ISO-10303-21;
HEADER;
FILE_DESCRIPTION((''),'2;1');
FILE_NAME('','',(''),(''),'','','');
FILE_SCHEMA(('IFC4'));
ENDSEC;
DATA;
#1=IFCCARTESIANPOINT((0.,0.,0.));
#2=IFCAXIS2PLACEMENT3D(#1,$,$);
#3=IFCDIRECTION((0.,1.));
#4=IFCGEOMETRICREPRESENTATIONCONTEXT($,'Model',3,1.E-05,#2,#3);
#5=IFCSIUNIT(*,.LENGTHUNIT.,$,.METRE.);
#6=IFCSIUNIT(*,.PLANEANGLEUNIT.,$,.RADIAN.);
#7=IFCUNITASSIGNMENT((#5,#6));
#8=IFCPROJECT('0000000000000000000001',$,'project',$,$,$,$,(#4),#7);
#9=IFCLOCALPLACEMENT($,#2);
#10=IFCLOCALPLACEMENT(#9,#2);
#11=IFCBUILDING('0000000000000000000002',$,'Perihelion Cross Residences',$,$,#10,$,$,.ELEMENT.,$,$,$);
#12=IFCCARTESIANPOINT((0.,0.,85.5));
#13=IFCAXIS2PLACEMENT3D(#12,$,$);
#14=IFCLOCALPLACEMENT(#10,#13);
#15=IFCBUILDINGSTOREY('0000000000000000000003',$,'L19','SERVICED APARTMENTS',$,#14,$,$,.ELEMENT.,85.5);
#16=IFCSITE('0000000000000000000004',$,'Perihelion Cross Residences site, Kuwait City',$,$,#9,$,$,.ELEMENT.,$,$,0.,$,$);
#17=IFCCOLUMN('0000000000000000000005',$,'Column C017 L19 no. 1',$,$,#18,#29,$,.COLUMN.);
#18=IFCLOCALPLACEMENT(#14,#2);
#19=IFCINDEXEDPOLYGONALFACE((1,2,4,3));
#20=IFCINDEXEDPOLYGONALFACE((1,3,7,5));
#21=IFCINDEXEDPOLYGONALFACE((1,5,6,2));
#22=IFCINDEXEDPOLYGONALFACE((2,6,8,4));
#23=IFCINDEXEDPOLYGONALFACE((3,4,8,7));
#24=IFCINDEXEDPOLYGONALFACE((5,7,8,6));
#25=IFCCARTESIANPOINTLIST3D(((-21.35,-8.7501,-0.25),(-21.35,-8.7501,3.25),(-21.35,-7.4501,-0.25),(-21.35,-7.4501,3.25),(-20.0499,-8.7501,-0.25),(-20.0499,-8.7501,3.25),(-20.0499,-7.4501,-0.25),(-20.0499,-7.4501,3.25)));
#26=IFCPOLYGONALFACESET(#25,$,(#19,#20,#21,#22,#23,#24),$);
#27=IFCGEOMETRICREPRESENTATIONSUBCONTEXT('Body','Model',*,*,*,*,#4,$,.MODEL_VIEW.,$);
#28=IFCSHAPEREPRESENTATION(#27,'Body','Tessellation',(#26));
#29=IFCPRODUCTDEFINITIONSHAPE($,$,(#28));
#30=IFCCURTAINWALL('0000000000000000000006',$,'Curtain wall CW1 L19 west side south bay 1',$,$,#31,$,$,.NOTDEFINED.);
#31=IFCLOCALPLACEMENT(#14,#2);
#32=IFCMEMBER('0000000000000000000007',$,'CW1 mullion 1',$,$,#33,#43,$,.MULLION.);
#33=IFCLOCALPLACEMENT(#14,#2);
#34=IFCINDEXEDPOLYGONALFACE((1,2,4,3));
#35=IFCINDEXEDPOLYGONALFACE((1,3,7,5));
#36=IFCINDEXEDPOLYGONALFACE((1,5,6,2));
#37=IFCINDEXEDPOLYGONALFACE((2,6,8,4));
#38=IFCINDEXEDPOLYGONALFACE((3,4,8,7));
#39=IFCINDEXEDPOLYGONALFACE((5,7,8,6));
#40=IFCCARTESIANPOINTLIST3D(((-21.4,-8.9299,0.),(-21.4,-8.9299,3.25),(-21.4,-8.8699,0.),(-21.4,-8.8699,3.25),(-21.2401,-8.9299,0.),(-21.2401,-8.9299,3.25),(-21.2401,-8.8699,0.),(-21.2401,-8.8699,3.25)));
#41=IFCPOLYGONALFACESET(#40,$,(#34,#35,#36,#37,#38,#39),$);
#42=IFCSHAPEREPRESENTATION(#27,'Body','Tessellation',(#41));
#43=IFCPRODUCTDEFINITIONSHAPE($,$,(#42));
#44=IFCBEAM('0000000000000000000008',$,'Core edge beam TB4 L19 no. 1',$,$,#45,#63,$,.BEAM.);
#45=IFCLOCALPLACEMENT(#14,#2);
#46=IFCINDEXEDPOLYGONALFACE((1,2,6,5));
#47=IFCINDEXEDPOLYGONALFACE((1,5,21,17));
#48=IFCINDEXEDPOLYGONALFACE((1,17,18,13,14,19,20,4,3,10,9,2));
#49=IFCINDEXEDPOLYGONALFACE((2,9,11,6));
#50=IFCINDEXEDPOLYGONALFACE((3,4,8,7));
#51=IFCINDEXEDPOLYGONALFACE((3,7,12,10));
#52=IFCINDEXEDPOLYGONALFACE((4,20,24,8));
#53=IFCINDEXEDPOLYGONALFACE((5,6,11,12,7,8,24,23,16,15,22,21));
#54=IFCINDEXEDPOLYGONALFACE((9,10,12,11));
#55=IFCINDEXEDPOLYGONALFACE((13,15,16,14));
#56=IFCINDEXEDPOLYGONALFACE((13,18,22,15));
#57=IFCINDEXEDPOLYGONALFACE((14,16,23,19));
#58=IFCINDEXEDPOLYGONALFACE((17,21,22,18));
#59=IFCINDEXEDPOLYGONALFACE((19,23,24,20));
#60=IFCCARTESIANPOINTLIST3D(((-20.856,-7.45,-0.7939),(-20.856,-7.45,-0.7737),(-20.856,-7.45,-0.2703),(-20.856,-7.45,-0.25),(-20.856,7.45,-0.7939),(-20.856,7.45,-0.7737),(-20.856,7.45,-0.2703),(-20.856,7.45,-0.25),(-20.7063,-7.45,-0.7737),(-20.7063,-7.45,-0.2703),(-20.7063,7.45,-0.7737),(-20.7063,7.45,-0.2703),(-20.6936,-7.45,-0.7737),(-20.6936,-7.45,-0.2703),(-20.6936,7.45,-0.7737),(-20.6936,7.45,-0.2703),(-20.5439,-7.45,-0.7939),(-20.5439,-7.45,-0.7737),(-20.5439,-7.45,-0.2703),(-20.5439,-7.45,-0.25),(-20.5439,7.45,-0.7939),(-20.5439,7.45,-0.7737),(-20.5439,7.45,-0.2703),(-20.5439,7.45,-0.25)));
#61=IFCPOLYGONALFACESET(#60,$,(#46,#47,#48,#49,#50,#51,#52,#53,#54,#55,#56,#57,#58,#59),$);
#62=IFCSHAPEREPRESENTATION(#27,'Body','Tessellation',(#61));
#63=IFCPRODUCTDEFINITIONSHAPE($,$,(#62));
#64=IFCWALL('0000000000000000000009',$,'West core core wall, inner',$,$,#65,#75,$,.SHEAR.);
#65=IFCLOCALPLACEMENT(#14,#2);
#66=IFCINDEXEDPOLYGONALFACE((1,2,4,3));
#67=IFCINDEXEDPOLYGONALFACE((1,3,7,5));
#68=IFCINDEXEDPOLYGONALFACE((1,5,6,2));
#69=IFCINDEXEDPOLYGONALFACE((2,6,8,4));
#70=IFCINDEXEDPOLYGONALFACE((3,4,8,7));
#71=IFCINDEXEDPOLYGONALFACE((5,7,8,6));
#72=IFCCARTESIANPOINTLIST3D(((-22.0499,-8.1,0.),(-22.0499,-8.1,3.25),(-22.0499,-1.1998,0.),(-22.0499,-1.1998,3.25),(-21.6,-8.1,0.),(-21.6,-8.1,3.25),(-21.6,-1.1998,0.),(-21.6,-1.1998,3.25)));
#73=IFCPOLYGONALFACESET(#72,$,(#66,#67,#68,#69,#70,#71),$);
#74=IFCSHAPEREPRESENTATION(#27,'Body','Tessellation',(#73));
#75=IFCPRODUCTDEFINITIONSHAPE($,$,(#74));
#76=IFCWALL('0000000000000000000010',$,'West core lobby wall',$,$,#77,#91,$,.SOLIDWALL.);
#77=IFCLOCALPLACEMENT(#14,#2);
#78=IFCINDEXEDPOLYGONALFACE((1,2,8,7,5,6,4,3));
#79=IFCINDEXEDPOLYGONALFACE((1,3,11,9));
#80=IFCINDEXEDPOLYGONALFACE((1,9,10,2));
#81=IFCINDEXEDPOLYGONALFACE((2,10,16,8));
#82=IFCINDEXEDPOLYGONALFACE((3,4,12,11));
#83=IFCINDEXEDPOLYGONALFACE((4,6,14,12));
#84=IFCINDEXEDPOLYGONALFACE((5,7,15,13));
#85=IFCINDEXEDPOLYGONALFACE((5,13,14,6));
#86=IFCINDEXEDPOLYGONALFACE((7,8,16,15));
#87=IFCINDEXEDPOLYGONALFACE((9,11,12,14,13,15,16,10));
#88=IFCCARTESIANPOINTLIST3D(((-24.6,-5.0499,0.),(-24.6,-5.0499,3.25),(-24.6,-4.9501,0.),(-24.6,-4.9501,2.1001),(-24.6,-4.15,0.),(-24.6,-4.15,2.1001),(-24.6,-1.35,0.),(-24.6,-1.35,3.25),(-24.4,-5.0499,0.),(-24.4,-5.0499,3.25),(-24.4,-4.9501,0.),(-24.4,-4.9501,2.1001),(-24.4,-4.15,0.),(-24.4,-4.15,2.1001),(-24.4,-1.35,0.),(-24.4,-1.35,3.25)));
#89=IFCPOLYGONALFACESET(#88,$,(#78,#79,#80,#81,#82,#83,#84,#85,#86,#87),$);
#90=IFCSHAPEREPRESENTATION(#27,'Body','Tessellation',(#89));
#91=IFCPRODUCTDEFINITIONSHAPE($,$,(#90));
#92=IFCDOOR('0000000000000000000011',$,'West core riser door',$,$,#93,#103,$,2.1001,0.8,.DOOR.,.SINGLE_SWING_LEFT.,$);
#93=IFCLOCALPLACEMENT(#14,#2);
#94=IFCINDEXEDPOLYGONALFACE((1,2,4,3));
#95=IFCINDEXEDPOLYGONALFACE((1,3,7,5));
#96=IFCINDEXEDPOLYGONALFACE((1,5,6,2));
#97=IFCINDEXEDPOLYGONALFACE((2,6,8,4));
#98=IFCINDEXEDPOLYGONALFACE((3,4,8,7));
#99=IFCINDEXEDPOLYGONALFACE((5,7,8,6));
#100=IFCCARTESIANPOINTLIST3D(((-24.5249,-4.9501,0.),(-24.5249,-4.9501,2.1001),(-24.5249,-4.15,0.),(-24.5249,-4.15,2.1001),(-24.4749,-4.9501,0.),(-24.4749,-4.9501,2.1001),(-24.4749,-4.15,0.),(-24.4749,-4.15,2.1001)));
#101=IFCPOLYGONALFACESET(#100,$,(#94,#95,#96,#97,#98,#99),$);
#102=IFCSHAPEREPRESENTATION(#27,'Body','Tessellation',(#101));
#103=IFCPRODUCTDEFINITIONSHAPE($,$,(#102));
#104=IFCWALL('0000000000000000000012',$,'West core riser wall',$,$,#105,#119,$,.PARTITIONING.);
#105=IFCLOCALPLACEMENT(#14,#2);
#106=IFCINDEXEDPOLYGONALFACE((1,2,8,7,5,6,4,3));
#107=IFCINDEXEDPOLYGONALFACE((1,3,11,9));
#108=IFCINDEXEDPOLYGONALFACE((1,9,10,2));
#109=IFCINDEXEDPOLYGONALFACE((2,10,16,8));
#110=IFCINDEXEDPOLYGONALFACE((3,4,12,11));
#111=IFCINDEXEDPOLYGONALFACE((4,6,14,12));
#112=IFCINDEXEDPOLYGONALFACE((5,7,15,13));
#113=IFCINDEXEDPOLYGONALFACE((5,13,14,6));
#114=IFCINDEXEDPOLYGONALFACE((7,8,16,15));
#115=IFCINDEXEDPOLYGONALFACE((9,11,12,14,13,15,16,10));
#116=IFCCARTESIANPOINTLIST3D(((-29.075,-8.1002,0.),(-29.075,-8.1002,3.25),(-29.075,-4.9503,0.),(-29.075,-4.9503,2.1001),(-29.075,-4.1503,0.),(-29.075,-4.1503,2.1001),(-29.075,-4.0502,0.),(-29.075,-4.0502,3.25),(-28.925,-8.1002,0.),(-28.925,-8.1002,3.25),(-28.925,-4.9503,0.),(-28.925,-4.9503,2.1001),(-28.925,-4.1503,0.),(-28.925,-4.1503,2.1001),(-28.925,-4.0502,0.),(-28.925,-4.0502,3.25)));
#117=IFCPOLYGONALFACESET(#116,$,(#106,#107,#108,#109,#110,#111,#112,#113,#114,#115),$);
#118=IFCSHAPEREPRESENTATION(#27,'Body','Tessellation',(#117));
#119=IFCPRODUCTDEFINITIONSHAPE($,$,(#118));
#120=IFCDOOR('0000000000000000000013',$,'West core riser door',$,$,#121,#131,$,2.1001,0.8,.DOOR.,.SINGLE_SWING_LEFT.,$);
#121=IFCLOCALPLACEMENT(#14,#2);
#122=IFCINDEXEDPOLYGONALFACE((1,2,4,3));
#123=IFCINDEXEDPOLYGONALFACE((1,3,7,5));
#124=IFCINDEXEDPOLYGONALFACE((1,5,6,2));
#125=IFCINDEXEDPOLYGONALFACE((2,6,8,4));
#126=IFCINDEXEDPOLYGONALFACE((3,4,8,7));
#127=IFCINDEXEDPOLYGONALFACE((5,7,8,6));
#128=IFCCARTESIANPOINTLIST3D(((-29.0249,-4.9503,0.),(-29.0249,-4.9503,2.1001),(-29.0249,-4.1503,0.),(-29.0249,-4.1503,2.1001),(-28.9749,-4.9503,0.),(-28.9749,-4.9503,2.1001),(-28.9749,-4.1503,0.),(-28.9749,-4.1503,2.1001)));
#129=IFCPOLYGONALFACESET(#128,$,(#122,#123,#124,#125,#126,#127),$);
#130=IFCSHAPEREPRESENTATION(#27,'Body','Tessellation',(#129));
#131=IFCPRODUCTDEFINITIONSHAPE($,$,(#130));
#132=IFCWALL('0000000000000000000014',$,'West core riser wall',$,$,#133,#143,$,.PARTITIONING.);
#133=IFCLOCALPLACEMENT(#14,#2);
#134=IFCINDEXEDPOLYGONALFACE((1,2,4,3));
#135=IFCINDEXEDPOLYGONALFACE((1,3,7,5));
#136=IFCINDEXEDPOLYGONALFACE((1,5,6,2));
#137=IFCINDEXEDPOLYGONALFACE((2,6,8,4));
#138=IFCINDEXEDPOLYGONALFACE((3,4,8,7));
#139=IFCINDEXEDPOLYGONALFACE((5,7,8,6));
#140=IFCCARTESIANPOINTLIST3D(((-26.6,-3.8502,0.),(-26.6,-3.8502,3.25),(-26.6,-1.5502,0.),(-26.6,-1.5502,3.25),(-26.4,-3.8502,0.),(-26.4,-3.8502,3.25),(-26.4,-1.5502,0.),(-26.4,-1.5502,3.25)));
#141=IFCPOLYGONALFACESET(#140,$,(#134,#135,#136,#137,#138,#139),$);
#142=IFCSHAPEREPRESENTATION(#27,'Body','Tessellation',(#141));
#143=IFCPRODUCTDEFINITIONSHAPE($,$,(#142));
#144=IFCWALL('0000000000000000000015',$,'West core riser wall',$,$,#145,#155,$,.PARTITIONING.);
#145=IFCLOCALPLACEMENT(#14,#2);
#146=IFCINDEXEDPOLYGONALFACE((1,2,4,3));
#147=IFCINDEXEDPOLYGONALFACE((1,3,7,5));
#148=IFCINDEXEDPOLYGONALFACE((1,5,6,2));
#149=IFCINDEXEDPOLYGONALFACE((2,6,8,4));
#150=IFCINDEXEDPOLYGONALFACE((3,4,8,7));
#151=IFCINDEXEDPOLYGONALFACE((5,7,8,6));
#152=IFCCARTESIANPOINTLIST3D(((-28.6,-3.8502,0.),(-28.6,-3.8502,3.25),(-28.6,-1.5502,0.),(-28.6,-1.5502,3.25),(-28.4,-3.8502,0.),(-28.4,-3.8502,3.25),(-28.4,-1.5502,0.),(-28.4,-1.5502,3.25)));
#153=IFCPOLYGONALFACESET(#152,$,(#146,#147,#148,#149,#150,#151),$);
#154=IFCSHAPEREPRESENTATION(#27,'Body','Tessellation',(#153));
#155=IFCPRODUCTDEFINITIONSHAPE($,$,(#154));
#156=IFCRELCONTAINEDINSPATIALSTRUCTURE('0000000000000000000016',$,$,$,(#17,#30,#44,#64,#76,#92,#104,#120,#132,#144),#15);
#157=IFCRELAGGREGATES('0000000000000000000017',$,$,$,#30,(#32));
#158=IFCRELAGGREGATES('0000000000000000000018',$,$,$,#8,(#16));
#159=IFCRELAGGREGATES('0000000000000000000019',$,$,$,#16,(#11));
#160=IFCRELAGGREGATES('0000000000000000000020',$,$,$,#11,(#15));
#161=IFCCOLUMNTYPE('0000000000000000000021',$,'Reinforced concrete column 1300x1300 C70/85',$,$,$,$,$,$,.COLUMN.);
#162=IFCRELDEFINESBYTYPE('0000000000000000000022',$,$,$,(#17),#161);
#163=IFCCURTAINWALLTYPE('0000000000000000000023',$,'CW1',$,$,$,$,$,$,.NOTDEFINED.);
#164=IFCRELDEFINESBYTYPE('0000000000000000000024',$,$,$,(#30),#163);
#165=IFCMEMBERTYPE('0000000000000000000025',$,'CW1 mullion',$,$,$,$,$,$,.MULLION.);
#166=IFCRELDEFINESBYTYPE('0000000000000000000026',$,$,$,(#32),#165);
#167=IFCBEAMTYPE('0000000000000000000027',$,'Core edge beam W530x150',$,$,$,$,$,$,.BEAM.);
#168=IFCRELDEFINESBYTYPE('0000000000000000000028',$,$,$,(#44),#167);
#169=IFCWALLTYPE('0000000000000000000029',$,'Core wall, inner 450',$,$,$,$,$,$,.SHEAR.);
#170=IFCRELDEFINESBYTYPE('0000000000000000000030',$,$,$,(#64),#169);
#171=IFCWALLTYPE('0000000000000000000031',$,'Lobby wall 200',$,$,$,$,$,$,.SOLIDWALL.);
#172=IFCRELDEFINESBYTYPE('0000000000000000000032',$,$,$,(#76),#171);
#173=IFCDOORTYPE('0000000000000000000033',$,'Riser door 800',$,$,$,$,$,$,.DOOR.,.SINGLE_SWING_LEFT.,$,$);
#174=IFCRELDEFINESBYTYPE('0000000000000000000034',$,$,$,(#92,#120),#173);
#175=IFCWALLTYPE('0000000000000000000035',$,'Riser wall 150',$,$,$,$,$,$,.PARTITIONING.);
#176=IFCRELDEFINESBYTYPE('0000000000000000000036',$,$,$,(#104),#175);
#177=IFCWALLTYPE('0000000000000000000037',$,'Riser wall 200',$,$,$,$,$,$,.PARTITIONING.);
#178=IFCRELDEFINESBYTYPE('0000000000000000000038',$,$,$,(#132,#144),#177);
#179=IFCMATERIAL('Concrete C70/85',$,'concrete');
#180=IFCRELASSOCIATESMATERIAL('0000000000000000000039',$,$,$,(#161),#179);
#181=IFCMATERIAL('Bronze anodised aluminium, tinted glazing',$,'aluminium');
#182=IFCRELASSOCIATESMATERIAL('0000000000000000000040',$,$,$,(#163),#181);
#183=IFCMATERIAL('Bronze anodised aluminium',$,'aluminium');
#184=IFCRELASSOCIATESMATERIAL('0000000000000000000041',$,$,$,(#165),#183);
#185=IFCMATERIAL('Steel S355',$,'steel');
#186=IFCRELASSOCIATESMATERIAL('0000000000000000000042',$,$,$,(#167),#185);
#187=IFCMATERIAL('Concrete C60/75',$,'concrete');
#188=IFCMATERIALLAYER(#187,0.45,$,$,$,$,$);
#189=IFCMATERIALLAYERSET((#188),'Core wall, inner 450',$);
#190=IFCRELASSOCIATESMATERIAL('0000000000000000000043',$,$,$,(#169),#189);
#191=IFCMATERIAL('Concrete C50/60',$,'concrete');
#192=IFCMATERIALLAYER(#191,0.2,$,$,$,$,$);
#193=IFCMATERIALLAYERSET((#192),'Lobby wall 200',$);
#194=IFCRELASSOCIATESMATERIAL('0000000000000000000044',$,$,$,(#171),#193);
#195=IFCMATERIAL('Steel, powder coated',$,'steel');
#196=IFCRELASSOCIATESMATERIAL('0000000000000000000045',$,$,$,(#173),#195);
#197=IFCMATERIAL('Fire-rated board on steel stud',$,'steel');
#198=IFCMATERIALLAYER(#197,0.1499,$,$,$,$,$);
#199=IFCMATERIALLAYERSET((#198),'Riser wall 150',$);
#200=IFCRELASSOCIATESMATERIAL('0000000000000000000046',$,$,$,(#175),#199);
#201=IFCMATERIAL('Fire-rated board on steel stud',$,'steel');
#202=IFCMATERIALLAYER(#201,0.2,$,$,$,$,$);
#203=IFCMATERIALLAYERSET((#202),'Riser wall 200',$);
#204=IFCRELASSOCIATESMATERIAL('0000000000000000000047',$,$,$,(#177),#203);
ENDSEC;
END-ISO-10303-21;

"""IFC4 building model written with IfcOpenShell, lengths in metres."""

from ifc_helpers import new_model, si_unit, direction, frame, frame_2d, origin, origin_2d, place, context, subcontext, project, spatial, rectangle, i_section, extrude, material, layer, layer_set, material_profile, profile_set, type_object, element, fill, aggregate, save


model = new_model("IFC4")

# Units and contexts
model_context = context("Model", 3, precision=1e-05, world=origin(), true_north=direction((0.0, 1.0)))
body_context = subcontext(model_context, "Body", "Model", "MODEL_VIEW")
ifc_project = project(units=[si_unit("LENGTHUNIT", "METRE"), si_unit("PLANEANGLEUNIT", "RADIAN")], contexts=[model_context])

# Site, building, storey
site_placement = place(None, origin())
site = spatial("IfcSite", under=ifc_project, at=site_placement, Name="Perihelion Cross Residences site, Kuwait City", CompositionType="ELEMENT", RefElevation=0.0)
building_placement = place(site_placement, origin())
building = spatial("IfcBuilding", under=site, at=building_placement, Name="Perihelion Cross Residences", CompositionType="ELEMENT")
storey_placement = place(building_placement, frame((0.0, 0.0, 85.5)))
storey = spatial("IfcBuildingStorey", under=building, at=storey_placement, Name="L19", Description="SERVICED APARTMENTS", CompositionType="ELEMENT", Elevation=85.5)

# Column
ifc_material_1 = material(Name="Concrete C70/85", Category="concrete")
ifc_material_profile_1 = material_profile(ifc_material_1, rectangle(XDim=1.3, YDim=1.3, at=origin_2d()), Name="RC 1300x1300")
ifc_profile_set_1 = profile_set([ifc_material_profile_1], Name="Concrete C70/85")
column_type = type_object("IfcColumnType", Name="Reinforced concrete column 1300x1300 C70/85", PredefinedType="COLUMN", material=ifc_profile_set_1)
column_placement = place(storey_placement, frame((-20.7, -8.1001, -0.25), z_axis=(0.0, 0.0, 1.0), x_axis=(1.0, 0.0, 0.0)))
element("IfcColumn", 1, at=column_placement, inside=storey, type_object=column_type, Name="Column C017 L19 no. 1", PredefinedType="COLUMN", context=body_context, shape_type="SweptSolid", body=[
    extrude(rectangle(XDim=1.3, YDim=1.3, at=origin_2d()), origin(), (0.0, 0.0, 1.0), 3.5),
])

# Curtain wall, member
ifc_material_2 = material(Name="Bronze anodised aluminium, tinted glazing", Category="aluminium")
curtain_wall_type = type_object("IfcCurtainWallType", Name="CW1", PredefinedType="NOTDEFINED", material=ifc_material_2)
curtain_wall_placement = place(storey_placement, origin())
curtain_wall = element("IfcCurtainWall", 2, at=curtain_wall_placement, inside=storey, type_object=curtain_wall_type, Name="Curtain wall CW1 L19 west side south bay 1", PredefinedType="NOTDEFINED")
ifc_material_3 = material(Name="Bronze anodised aluminium", Category="aluminium")
ifc_material_profile_2 = material_profile(ifc_material_3, rectangle(XDim=0.0601, YDim=0.1599, at=origin_2d()), Name="CW1 mullion")
ifc_profile_set_2 = profile_set([ifc_material_profile_2], Name="Bronze anodised aluminium")
member_type = type_object("IfcMemberType", Name="CW1 mullion", PredefinedType="MULLION", material=ifc_profile_set_2)
member_placement = place(storey_placement, frame((-21.3201, -8.8999, 0.0), z_axis=(0.0, 0.0, 1.0), x_axis=(0.0, 1.0, 0.0)))
member = element("IfcMember", 3, at=member_placement, type_object=member_type, Name="CW1 mullion 1", PredefinedType="MULLION", context=body_context, shape_type="SweptSolid", body=[
    extrude(rectangle(XDim=0.0601, YDim=0.1599, at=origin_2d()), origin(), (0.0, 0.0, 1.0), 3.25),
])
aggregate(curtain_wall, [member])

# Beam
ifc_material_4 = material(Name="Steel S355", Category="steel")
ifc_material_profile_3 = material_profile(ifc_material_4, i_section(OverallWidth=0.312, OverallDepth=0.5439, WebThickness=0.0127, FlangeThickness=0.0203, at=origin_2d()), Name="W530x150")
ifc_profile_set_3 = profile_set([ifc_material_profile_3], Name="Steel S355")
beam_type = type_object("IfcBeamType", Name="Core edge beam W530x150", PredefinedType="BEAM", material=ifc_profile_set_3)
beam_placement = place(storey_placement, frame((-20.7, -7.45, -0.522), z_axis=(0.0, 1.0, 0.0), x_axis=(-1.0, 0.0, 0.0)))
element("IfcBeam", 4, at=beam_placement, inside=storey, type_object=beam_type, Name="Core edge beam TB4 L19 no. 1", PredefinedType="BEAM", context=body_context, shape_type="SweptSolid", body=[
    extrude(i_section(OverallWidth=0.312, OverallDepth=0.5439, WebThickness=0.0127, FlangeThickness=0.0203, at=origin_2d()), origin(), (0.0, 0.0, 1.0), 14.8999),
])

# Wall
ifc_material_5 = material(Name="Concrete C60/75", Category="concrete")
ifc_layer_1 = layer(ifc_material_5, 0.45)
ifc_layer_set_1 = layer_set([ifc_layer_1], Name="Core wall, inner 450")
wall_type_1 = type_object("IfcWallType", Name="Core wall, inner 450", PredefinedType="SHEAR", material=ifc_layer_set_1)
wall_1_placement = place(storey_placement, frame((-21.825, -8.1001, 0.0), z_axis=(0.0, 0.0, 1.0), x_axis=(0.0, 1.0, 0.0)))
element("IfcWall", 5, at=wall_1_placement, inside=storey, type_object=wall_type_1, Name="West core core wall, inner", PredefinedType="SHEAR", context=body_context, shape_type="SweptSolid", body=[
    extrude(rectangle(XDim=6.9001, YDim=0.45, at=frame_2d((3.4502, 0.0))), origin(), (0.0, 0.0, 1.0), 3.25),
])

# Walls, openings, doors
ifc_material_6 = material(Name="Concrete C50/60", Category="concrete")
ifc_layer_2 = layer(ifc_material_6, 0.2)
ifc_layer_set_2 = layer_set([ifc_layer_2], Name="Lobby wall 200")
wall_type_2 = type_object("IfcWallType", Name="Lobby wall 200", PredefinedType="SOLIDWALL", material=ifc_layer_set_2)
wall_2_placement = place(storey_placement, frame((-24.5, -5.05, 0.0), z_axis=(0.0, 0.0, 1.0), x_axis=(0.0, 1.0, 0.0)))
wall_2 = element("IfcWall", 6, at=wall_2_placement, inside=storey, type_object=wall_type_2, Name="West core lobby wall", PredefinedType="SOLIDWALL", context=body_context, shape_type="SweptSolid", body=[
    extrude(rectangle(XDim=3.7, YDim=0.2, at=frame_2d((1.8501, 0.0))), origin(), (0.0, 0.0, 1.0), 3.25),
])
opening_1_placement = place(wall_2_placement, frame((0.1001, 0.0, 0.0)))
opening_1 = element("IfcOpeningElement", 7, at=opening_1_placement, cuts=wall_2, PredefinedType="OPENING", context=body_context, shape_type="SweptSolid", body=[
    extrude(rectangle(XDim=0.8, YDim=2.1001, at=frame_2d((0.3999, 1.05))), frame((0.0, 0.1099, 0.0), z_axis=(0.0, -1.0, 0.0), x_axis=(1.0, 0.0, 0.0)), (0.0, 0.0, 1.0), 0.22),
])
ifc_material_7 = material(Name="Steel, powder coated", Category="steel")
door_type_1 = type_object("IfcDoorType", Name="Riser door 800", OperationType="SINGLE_SWING_LEFT", PredefinedType="DOOR", material=ifc_material_7)
door_1_placement = place(opening_1_placement, origin())
door_1 = element("IfcDoor", 8, at=door_1_placement, inside=storey, type_object=door_type_1, Name="West core riser door", OperationType="SINGLE_SWING_LEFT", OverallHeight=2.1001, OverallWidth=0.8, PredefinedType="DOOR", context=body_context, shape_type="SweptSolid", body=[
    extrude(rectangle(XDim=0.8, YDim=2.1001, at=frame_2d((0.3999, 1.05))), frame((0.0, 0.0249, 0.0), z_axis=(0.0, -1.0, 0.0), x_axis=(1.0, 0.0, 0.0)), (0.0, 0.0, 1.0), 0.05),
])
fill(opening_1, door_1)
ifc_material_8 = material(Name="Fire-rated board on steel stud", Category="steel")
ifc_layer_3 = layer(ifc_material_8, 0.1499)
ifc_layer_set_3 = layer_set([ifc_layer_3], Name="Riser wall 150")
wall_type_3 = type_object("IfcWallType", Name="Riser wall 150", PredefinedType="PARTITIONING", material=ifc_layer_set_3)
wall_3_placement = place(storey_placement, frame((-29.0, -8.1001, 0.0), z_axis=(0.0, 0.0, 1.0), x_axis=(0.0, 1.0, 0.0)))
wall_3 = element("IfcWall", 9, at=wall_3_placement, inside=storey, type_object=wall_type_3, Name="West core riser wall", PredefinedType="PARTITIONING", context=body_context, shape_type="SweptSolid", body=[
    extrude(rectangle(XDim=4.05, YDim=0.1499, at=frame_2d((2.0249, 0.0))), origin(), (0.0, 0.0, 1.0), 3.25),
])
opening_2_placement = place(wall_3_placement, frame((3.1499, 0.0, 0.0)))
opening_2 = element("IfcOpeningElement", 10, at=opening_2_placement, cuts=wall_3, PredefinedType="OPENING", context=body_context, shape_type="SweptSolid", body=[
    extrude(rectangle(XDim=0.8, YDim=2.1001, at=frame_2d((0.3999, 1.05))), frame((0.0, 0.085, 0.0), z_axis=(0.0, -1.0, 0.0), x_axis=(1.0, 0.0, 0.0)), (0.0, 0.0, 1.0), 0.1699),
])
door_2_placement = place(opening_2_placement, origin())
door_2 = element("IfcDoor", 11, at=door_2_placement, inside=storey, type_object=door_type_1, Name="West core riser door", OperationType="SINGLE_SWING_LEFT", OverallHeight=2.1001, OverallWidth=0.8, PredefinedType="DOOR", context=body_context, shape_type="SweptSolid", body=[
    extrude(rectangle(XDim=0.8, YDim=2.1001, at=frame_2d((0.3999, 1.05))), frame((0.0, 0.0249, 0.0), z_axis=(0.0, -1.0, 0.0), x_axis=(1.0, 0.0, 0.0)), (0.0, 0.0, 1.0), 0.05),
])
fill(opening_2, door_2)

# Walls
ifc_material_9 = material(Name="Fire-rated board on steel stud", Category="steel")
ifc_layer_4 = layer(ifc_material_9, 0.2)
ifc_layer_set_4 = layer_set([ifc_layer_4], Name="Riser wall 200")
wall_type_4 = type_object("IfcWallType", Name="Riser wall 200", PredefinedType="PARTITIONING", material=ifc_layer_set_4)
for number, where, z_axis, x_axis, name in (
    (12, (-26.5, -3.8501, 0.0), (0.0, 0.0, 1.0), (0.0, 1.0, 0.0), "West core riser wall"),
    (13, (-28.5, -3.8501, 0.0), (0.0, 0.0, 1.0), (0.0, 1.0, 0.0), "West core riser wall"),
):
    element("IfcWall", number, at=place(storey_placement, frame(where, z_axis=z_axis, x_axis=x_axis)), inside=storey, type_object=wall_type_4, Name=name, PredefinedType="PARTITIONING", context=body_context, shape_type="SweptSolid", body=[
        extrude(rectangle(XDim=2.3, YDim=0.2, at=frame_2d((1.1499, 0.0))), origin(), (0.0, 0.0, 1.0), 3.25),
    ])

save(model, "model.ifc")
